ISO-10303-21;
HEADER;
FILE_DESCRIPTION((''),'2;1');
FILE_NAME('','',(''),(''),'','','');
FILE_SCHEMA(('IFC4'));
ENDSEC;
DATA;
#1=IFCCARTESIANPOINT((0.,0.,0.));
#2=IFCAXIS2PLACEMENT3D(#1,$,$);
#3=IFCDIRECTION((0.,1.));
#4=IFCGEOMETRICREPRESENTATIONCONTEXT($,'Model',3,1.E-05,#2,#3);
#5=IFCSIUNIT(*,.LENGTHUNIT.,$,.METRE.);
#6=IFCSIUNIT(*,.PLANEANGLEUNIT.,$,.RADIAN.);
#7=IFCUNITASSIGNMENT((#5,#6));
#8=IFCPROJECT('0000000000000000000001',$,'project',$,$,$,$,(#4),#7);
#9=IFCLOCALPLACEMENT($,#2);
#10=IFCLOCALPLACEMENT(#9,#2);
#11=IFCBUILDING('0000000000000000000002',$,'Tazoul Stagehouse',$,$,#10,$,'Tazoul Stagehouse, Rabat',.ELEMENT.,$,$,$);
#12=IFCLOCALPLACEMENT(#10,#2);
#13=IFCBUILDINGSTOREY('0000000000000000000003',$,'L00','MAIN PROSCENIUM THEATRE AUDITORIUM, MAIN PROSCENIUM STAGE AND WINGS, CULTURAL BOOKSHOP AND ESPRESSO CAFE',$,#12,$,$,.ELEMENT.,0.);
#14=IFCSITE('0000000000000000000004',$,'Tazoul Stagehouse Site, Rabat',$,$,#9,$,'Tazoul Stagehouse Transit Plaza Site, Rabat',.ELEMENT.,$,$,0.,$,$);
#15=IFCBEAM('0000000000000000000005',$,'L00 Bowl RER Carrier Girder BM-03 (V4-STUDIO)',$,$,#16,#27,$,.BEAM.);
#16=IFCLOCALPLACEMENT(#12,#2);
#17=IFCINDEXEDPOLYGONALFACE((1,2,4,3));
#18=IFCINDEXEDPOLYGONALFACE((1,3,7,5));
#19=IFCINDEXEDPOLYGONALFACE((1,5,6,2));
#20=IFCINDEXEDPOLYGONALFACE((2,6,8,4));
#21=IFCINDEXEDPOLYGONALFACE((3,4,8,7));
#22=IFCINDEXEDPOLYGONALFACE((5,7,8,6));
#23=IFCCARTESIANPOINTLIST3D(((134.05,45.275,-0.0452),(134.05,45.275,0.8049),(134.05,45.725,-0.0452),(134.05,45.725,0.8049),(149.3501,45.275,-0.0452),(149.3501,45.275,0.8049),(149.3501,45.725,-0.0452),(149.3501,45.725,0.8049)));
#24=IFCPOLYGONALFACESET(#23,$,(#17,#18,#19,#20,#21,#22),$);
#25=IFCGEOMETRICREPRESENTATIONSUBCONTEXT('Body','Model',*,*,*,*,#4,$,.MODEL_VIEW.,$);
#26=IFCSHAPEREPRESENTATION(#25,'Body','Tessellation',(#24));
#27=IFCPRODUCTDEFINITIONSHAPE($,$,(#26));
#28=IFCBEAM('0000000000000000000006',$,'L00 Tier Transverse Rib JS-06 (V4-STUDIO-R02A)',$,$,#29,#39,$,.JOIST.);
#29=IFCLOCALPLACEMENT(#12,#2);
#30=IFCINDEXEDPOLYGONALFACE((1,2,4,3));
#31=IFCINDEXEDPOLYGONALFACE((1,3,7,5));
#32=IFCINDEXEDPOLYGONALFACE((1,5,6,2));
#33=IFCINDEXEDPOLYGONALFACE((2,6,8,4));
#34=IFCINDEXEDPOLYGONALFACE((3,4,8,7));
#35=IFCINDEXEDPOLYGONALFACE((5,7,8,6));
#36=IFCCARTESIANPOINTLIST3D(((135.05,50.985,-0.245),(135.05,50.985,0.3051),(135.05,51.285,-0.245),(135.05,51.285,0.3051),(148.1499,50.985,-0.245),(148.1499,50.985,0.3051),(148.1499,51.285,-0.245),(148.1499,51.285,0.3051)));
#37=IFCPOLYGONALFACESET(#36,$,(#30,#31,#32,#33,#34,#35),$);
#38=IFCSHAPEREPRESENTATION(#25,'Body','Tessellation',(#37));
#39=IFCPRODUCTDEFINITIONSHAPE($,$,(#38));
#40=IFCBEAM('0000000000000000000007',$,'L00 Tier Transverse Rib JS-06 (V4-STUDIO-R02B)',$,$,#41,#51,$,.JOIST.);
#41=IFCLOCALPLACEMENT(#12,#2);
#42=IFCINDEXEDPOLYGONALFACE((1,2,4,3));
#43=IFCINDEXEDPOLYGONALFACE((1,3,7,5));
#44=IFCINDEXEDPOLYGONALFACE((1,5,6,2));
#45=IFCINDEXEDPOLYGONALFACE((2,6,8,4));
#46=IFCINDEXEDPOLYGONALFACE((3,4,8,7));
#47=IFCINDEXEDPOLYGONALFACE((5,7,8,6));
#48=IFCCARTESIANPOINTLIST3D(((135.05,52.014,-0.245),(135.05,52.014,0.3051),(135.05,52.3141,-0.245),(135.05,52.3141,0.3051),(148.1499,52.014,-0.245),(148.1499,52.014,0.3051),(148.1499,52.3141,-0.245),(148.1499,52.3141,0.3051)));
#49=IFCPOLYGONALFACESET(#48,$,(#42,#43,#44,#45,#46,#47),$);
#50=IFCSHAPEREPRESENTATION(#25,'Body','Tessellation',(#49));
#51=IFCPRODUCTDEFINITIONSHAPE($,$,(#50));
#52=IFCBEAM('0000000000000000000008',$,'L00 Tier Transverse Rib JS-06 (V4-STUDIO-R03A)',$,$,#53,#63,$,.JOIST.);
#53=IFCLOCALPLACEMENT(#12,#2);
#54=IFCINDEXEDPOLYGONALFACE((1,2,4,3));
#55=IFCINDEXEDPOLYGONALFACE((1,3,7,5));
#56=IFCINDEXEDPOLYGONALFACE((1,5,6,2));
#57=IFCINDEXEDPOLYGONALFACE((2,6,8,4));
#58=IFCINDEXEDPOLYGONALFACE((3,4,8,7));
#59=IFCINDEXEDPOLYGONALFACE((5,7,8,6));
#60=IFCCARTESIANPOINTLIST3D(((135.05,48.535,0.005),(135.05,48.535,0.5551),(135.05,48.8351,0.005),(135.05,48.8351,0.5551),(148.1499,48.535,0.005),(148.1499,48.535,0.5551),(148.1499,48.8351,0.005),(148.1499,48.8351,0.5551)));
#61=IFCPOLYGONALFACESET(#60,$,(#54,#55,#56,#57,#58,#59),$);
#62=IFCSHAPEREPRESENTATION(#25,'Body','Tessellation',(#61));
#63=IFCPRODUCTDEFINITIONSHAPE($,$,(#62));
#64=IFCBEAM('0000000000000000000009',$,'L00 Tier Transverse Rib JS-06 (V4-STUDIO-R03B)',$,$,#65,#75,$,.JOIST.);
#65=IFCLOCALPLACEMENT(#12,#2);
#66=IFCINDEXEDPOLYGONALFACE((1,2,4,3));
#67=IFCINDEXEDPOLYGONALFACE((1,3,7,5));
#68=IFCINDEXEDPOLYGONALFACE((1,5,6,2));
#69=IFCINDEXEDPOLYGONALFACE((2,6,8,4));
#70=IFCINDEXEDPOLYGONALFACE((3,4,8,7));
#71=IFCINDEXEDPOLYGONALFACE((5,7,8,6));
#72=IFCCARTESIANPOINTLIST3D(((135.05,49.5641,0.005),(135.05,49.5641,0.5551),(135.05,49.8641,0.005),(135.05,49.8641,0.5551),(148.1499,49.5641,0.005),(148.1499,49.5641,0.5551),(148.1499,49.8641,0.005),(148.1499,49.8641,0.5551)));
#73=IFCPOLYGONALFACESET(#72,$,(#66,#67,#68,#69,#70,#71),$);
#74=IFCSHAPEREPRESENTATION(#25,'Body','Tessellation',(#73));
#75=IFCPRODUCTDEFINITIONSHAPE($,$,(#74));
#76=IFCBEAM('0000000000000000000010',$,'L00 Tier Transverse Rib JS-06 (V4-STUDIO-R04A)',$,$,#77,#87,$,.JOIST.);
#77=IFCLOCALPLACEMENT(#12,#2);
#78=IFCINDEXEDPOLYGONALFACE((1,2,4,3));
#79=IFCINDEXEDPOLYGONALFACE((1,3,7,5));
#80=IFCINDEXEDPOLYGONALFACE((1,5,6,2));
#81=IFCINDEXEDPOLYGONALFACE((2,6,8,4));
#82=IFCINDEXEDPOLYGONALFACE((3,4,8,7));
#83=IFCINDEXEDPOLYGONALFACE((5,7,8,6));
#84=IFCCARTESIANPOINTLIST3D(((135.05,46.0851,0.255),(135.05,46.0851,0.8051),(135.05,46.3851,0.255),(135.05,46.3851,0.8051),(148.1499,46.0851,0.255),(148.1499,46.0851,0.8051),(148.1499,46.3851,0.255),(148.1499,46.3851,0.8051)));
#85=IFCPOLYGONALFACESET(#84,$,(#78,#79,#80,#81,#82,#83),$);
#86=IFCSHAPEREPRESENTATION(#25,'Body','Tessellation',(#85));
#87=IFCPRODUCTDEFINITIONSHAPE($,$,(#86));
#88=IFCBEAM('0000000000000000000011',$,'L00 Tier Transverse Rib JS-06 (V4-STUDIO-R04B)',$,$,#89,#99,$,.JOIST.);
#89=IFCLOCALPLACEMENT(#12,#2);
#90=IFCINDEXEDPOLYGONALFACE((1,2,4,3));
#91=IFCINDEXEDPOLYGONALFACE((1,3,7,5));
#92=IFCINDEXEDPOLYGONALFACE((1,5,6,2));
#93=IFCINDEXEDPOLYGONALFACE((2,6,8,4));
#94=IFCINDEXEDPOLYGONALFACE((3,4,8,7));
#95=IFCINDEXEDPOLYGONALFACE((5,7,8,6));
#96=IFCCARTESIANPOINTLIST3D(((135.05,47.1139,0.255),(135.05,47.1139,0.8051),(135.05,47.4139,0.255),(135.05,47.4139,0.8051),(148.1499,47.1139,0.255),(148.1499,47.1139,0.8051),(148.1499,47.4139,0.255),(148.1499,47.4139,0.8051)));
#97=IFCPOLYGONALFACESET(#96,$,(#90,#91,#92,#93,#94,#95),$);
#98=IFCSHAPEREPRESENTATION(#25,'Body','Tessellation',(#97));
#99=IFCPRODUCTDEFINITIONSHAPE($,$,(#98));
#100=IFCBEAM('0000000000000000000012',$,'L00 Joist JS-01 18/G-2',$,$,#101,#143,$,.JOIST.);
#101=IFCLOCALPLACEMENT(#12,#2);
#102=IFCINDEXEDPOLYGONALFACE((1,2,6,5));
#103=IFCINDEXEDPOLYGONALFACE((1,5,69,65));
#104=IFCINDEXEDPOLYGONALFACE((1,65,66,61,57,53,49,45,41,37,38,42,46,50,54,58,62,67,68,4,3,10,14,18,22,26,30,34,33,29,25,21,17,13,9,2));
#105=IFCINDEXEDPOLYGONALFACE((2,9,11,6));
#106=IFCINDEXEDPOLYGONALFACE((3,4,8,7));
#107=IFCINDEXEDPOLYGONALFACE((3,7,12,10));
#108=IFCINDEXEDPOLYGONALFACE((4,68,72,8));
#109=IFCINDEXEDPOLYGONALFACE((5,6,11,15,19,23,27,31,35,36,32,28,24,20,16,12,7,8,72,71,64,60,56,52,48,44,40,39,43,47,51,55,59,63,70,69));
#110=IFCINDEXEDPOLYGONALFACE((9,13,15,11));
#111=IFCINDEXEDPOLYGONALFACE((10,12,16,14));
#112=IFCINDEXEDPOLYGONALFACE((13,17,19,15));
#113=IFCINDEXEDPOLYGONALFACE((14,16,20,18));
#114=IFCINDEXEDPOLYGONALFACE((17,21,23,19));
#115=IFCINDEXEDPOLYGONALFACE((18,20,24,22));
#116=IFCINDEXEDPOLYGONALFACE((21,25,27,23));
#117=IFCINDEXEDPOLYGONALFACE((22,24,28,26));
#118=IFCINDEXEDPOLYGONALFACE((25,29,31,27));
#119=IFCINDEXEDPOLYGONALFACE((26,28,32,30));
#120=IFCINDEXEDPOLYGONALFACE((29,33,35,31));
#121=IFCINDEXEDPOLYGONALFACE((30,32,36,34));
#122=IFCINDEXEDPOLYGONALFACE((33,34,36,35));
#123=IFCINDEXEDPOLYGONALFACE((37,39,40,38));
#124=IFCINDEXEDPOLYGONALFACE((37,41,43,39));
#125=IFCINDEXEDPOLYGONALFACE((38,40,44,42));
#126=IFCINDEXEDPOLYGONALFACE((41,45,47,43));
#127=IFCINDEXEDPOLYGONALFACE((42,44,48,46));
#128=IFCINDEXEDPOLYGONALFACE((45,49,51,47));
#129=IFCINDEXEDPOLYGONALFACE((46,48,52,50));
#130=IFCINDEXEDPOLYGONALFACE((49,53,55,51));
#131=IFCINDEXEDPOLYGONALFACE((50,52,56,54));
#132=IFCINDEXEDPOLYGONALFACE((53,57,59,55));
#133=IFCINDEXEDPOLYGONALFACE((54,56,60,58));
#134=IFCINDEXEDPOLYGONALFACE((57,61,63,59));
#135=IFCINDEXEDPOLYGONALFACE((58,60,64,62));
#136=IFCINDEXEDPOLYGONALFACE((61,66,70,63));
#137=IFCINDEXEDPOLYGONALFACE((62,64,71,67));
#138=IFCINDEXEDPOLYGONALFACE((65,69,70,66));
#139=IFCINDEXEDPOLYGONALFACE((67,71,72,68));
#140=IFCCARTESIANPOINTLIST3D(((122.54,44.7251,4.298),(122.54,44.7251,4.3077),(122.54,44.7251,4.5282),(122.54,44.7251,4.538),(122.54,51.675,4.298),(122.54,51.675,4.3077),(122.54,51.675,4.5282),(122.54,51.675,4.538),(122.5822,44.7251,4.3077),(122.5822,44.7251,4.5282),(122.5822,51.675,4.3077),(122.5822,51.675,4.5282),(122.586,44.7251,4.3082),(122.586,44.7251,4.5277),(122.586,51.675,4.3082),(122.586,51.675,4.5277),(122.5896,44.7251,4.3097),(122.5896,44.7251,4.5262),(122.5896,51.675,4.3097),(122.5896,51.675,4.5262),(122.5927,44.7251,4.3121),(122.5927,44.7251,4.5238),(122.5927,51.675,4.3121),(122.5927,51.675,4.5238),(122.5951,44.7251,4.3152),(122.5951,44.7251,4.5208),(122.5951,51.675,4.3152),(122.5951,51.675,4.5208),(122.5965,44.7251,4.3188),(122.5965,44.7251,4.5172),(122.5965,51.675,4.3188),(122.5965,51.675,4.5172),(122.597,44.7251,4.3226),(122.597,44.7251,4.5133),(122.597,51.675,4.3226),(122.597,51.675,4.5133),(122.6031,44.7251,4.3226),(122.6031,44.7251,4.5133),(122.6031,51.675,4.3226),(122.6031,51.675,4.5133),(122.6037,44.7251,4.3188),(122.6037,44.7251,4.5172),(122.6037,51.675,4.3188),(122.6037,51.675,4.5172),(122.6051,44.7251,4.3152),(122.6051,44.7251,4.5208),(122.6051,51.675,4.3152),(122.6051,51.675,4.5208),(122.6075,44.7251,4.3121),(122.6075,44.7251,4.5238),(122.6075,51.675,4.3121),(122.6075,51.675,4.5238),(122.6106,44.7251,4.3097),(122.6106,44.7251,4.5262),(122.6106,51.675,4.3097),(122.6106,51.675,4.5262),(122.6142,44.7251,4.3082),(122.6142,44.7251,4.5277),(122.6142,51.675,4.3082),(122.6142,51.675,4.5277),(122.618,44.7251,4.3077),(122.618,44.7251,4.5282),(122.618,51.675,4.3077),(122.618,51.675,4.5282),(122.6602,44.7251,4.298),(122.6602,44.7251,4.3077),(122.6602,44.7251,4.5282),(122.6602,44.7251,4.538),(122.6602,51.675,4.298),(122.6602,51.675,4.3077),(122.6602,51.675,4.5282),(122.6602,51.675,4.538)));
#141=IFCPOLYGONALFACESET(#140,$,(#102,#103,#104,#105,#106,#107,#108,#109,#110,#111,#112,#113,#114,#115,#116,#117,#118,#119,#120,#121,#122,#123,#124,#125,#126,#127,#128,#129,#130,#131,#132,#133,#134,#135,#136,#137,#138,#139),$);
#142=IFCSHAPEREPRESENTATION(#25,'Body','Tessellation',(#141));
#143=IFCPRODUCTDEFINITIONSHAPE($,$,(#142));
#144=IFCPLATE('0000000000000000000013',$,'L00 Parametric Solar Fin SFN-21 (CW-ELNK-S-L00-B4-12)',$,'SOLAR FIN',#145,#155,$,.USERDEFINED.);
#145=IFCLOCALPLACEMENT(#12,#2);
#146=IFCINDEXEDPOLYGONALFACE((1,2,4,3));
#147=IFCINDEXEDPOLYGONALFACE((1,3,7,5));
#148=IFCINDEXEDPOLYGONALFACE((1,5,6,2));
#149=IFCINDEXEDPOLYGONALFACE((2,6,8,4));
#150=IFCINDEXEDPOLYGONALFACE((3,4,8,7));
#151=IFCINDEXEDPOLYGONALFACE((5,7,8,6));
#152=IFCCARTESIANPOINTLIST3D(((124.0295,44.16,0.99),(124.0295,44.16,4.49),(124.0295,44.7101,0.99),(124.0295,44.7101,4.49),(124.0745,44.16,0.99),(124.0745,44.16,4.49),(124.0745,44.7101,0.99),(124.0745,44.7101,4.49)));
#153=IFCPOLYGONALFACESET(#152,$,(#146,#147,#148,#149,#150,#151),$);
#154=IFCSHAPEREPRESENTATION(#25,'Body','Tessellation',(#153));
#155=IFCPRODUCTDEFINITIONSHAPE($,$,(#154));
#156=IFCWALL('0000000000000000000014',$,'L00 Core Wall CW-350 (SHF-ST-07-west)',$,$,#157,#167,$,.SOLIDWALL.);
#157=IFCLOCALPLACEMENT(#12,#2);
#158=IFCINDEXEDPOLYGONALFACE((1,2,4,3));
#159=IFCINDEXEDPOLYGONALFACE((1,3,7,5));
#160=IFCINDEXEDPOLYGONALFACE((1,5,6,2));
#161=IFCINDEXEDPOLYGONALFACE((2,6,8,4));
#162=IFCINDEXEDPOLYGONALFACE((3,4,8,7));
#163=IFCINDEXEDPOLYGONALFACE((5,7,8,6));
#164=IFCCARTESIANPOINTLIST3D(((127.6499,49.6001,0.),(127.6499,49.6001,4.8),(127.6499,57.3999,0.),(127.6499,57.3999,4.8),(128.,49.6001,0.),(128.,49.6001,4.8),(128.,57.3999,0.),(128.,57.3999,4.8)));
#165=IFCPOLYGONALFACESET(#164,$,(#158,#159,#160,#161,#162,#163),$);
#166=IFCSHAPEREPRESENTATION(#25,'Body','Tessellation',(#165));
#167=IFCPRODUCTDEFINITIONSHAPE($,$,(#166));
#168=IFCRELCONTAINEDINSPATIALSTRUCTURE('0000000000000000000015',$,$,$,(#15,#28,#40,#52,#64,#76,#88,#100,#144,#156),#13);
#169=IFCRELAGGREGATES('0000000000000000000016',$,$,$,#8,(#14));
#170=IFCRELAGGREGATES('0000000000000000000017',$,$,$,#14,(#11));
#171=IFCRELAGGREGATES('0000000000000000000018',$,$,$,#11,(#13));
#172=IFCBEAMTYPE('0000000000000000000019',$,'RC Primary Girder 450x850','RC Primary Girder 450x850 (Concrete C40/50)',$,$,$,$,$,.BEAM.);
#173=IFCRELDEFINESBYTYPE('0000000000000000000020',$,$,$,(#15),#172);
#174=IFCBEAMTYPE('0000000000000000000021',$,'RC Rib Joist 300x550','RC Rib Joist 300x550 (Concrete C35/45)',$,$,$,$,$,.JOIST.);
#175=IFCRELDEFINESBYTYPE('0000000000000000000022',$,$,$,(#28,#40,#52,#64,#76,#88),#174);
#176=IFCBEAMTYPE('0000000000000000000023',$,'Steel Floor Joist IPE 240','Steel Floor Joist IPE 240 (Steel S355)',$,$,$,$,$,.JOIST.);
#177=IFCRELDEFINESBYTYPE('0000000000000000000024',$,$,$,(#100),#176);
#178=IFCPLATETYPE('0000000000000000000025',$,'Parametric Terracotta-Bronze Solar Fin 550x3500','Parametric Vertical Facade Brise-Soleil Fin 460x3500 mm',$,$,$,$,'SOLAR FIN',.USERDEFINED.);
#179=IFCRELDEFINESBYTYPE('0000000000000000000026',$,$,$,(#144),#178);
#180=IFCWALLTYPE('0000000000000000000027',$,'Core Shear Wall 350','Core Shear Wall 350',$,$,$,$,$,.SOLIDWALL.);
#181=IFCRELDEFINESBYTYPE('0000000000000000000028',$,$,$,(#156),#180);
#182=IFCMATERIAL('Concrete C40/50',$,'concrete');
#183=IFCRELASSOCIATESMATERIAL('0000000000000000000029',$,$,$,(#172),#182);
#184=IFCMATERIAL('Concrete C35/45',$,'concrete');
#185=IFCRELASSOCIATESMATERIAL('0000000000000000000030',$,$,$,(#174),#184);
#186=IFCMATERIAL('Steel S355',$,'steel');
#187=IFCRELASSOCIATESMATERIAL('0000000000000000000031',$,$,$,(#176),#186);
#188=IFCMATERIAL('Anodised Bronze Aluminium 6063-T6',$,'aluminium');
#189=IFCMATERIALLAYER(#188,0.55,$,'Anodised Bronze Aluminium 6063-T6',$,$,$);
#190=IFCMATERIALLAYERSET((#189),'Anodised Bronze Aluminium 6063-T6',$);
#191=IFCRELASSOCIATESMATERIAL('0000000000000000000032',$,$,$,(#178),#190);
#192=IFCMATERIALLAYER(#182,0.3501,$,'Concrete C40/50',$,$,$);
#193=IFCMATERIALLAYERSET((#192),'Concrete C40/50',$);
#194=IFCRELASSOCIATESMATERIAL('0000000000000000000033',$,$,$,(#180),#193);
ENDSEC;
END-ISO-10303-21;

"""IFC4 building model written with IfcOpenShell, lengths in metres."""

from ifc_helpers import new_model, si_unit, direction, frame, frame_2d, origin, origin_2d, place, context, subcontext, project, spatial, rectangle, i_section, extrude, material, layer, layer_set, material_profile, profile_set, type_object, element, save


model = new_model("IFC4")

# Units and contexts
model_context = context("Model", 3, precision=1e-05, world=origin(), true_north=direction((0.0, 1.0)))
body_context = subcontext(model_context, "Body", "Model", "MODEL_VIEW")
ifc_project = project(units=[si_unit("LENGTHUNIT", "METRE"), si_unit("PLANEANGLEUNIT", "RADIAN")], contexts=[model_context])

# Site, building, storey
site_placement = place(None, origin())
site = spatial("IfcSite", under=ifc_project, at=site_placement, Name="Tazoul Stagehouse Site, Rabat", LongName="Tazoul Stagehouse Transit Plaza Site, Rabat", CompositionType="ELEMENT", RefElevation=0.0)
building_placement = place(site_placement, origin())
building = spatial("IfcBuilding", under=site, at=building_placement, Name="Tazoul Stagehouse", LongName="Tazoul Stagehouse, Rabat", CompositionType="ELEMENT")
storey_placement = place(building_placement, origin())
storey = spatial("IfcBuildingStorey", under=building, at=storey_placement, Name="L00", Description="MAIN PROSCENIUM THEATRE AUDITORIUM, MAIN PROSCENIUM STAGE AND WINGS, CULTURAL BOOKSHOP AND ESPRESSO CAFE", CompositionType="ELEMENT", Elevation=0.0)

# Shared definitions
ifc_material_1 = material(Name="Concrete C40/50", Category="concrete")
ifc_material_2 = material(Name="Steel S355", Category="steel")

# Beams
ifc_material_profile_1 = material_profile(ifc_material_1, rectangle(XDim=0.45, YDim=0.8501, at=origin_2d()), Name="RC 450x850")
ifc_profile_set_1 = profile_set([ifc_material_profile_1], Name="Concrete C40/50")
beam_type_1 = type_object("IfcBeamType", Name="RC Primary Girder 450x850", Description="RC Primary Girder 450x850 (Concrete C40/50)", PredefinedType="BEAM", material=ifc_profile_set_1)
beam_1_placement = place(storey_placement, frame((134.05, 45.5, 0.3799), z_axis=(1.0, 0.0, 0.0), x_axis=(0.0, 1.0, 0.0)))
element("IfcBeam", 1, at=beam_1_placement, inside=storey, type_object=beam_type_1, Name="L00 Bowl RER Carrier Girder BM-03 (V4-STUDIO)", PredefinedType="BEAM", context=body_context, shape_type="SweptSolid", body=[
    extrude(rectangle(XDim=0.45, YDim=0.8501, at=origin_2d()), origin(), (0.0, 0.0, 1.0), 15.3),
])
ifc_material_3 = material(Name="Concrete C35/45", Category="concrete")
ifc_material_profile_2 = material_profile(ifc_material_3, rectangle(XDim=0.3, YDim=0.55, at=origin_2d()), Name="RC 300x550")
ifc_profile_set_2 = profile_set([ifc_material_profile_2], Name="Concrete C35/45")
beam_type_2 = type_object("IfcBeamType", Name="RC Rib Joist 300x550", Description="RC Rib Joist 300x550 (Concrete C35/45)", PredefinedType="JOIST", material=ifc_profile_set_2)
for number, where, z_axis, x_axis, name in (
    (2, (135.05, 51.135, 0.03), (1.0, 0.0, 0.0), (0.0, 1.0, 0.0), "L00 Tier Transverse Rib JS-06 (V4-STUDIO-R02A)"),
    (3, (135.05, 52.1641, 0.03), (1.0, 0.0, 0.0), (0.0, 1.0, 0.0), "L00 Tier Transverse Rib JS-06 (V4-STUDIO-R02B)"),
    (4, (135.05, 48.6851, 0.28), (1.0, 0.0, 0.0), (0.0, 1.0, 0.0), "L00 Tier Transverse Rib JS-06 (V4-STUDIO-R03A)"),
    (5, (135.05, 49.7141, 0.28), (1.0, 0.0, 0.0), (0.0, 1.0, 0.0), "L00 Tier Transverse Rib JS-06 (V4-STUDIO-R03B)"),
    (6, (135.05, 46.2351, 0.53), (1.0, 0.0, 0.0), (0.0, 1.0, 0.0), "L00 Tier Transverse Rib JS-06 (V4-STUDIO-R04A)"),
    (7, (135.05, 47.2639, 0.53), (1.0, 0.0, 0.0), (0.0, 1.0, 0.0), "L00 Tier Transverse Rib JS-06 (V4-STUDIO-R04B)"),
):
    element("IfcBeam", number, at=place(storey_placement, frame(where, z_axis=z_axis, x_axis=x_axis)), inside=storey, type_object=beam_type_2, Name=name, PredefinedType="JOIST", context=body_context, shape_type="SweptSolid", body=[
        extrude(rectangle(XDim=0.3, YDim=0.55, at=origin_2d()), origin(), (0.0, 0.0, 1.0), 13.0999),
    ])
ifc_material_profile_3 = material_profile(ifc_material_2, i_section(OverallWidth=0.1201, OverallDepth=0.24, WebThickness=0.0061, FlangeThickness=0.0098, FilletRadius=0.0149, at=origin_2d()), Name="IPE 240")
ifc_profile_set_3 = profile_set([ifc_material_profile_3], Name="Steel S355")
beam_type_3 = type_object("IfcBeamType", Name="Steel Floor Joist IPE 240", Description="Steel Floor Joist IPE 240 (Steel S355)", PredefinedType="JOIST", material=ifc_profile_set_3)
beam_2_placement = place(storey_placement, frame((122.6001, 44.7251, 4.418), z_axis=(0.0, 1.0, 0.0), x_axis=(-1.0, 0.0, 0.0)))
element("IfcBeam", 8, at=beam_2_placement, inside=storey, type_object=beam_type_3, Name="L00 Joist JS-01 18/G-2", PredefinedType="JOIST", context=body_context, shape_type="SweptSolid", body=[
    extrude(i_section(OverallWidth=0.1201, OverallDepth=0.24, WebThickness=0.0061, FlangeThickness=0.0098, FilletRadius=0.0149, at=origin_2d()), origin(), (0.0, 0.0, 1.0), 6.95),
])

# Plate
ifc_material_4 = material(Name="Anodised Bronze Aluminium 6063-T6", Category="aluminium")
ifc_layer_1 = layer(ifc_material_4, 0.55, Name="Anodised Bronze Aluminium 6063-T6")
ifc_layer_set_1 = layer_set([ifc_layer_1], Name="Anodised Bronze Aluminium 6063-T6")
plate_type = type_object("IfcPlateType", Name="Parametric Terracotta-Bronze Solar Fin 550x3500", Description="Parametric Vertical Facade Brise-Soleil Fin 460x3500 mm", ElementType="SOLAR FIN", PredefinedType="USERDEFINED", material=ifc_layer_set_1)
plate_placement = place(storey_placement, frame((124.052, 44.4351, 0.99), z_axis=(0.0, 0.0, 1.0), x_axis=(1.0, 0.0, 0.0)))
element("IfcPlate", 9, at=plate_placement, inside=storey, type_object=plate_type, Name="L00 Parametric Solar Fin SFN-21 (CW-ELNK-S-L00-B4-12)", ObjectType="SOLAR FIN", PredefinedType="USERDEFINED", context=body_context, shape_type="SweptSolid", body=[
    extrude(rectangle(XDim=0.0449, YDim=0.55, at=origin_2d()), origin(), (0.0, 0.0, 1.0), 3.5),
])

# Shared definitions
ifc_layer_2 = layer(ifc_material_1, 0.3501, Name="Concrete C40/50")
ifc_layer_set_2 = layer_set([ifc_layer_2], Name="Concrete C40/50")
wall_type = type_object("IfcWallType", Name="Core Shear Wall 350", Description="Core Shear Wall 350", PredefinedType="SOLIDWALL", material=ifc_layer_set_2)

# Wall
wall_1_placement = place(storey_placement, frame((127.825, 49.6001, 0.0), z_axis=(0.0, 0.0, 1.0), x_axis=(0.0, 1.0, 0.0)))
element("IfcWall", 10, at=wall_1_placement, inside=storey, type_object=wall_type, Name="L00 Core Wall CW-350 (SHF-ST-07-west)", PredefinedType="SOLIDWALL", context=body_context, shape_type="SweptSolid", body=[
    extrude(rectangle(XDim=7.7998, YDim=0.3501, at=frame_2d((3.8999, 0.0))), origin(), (0.0, 0.0, 1.0), 4.8),
])

save(model, "model.ifc")
